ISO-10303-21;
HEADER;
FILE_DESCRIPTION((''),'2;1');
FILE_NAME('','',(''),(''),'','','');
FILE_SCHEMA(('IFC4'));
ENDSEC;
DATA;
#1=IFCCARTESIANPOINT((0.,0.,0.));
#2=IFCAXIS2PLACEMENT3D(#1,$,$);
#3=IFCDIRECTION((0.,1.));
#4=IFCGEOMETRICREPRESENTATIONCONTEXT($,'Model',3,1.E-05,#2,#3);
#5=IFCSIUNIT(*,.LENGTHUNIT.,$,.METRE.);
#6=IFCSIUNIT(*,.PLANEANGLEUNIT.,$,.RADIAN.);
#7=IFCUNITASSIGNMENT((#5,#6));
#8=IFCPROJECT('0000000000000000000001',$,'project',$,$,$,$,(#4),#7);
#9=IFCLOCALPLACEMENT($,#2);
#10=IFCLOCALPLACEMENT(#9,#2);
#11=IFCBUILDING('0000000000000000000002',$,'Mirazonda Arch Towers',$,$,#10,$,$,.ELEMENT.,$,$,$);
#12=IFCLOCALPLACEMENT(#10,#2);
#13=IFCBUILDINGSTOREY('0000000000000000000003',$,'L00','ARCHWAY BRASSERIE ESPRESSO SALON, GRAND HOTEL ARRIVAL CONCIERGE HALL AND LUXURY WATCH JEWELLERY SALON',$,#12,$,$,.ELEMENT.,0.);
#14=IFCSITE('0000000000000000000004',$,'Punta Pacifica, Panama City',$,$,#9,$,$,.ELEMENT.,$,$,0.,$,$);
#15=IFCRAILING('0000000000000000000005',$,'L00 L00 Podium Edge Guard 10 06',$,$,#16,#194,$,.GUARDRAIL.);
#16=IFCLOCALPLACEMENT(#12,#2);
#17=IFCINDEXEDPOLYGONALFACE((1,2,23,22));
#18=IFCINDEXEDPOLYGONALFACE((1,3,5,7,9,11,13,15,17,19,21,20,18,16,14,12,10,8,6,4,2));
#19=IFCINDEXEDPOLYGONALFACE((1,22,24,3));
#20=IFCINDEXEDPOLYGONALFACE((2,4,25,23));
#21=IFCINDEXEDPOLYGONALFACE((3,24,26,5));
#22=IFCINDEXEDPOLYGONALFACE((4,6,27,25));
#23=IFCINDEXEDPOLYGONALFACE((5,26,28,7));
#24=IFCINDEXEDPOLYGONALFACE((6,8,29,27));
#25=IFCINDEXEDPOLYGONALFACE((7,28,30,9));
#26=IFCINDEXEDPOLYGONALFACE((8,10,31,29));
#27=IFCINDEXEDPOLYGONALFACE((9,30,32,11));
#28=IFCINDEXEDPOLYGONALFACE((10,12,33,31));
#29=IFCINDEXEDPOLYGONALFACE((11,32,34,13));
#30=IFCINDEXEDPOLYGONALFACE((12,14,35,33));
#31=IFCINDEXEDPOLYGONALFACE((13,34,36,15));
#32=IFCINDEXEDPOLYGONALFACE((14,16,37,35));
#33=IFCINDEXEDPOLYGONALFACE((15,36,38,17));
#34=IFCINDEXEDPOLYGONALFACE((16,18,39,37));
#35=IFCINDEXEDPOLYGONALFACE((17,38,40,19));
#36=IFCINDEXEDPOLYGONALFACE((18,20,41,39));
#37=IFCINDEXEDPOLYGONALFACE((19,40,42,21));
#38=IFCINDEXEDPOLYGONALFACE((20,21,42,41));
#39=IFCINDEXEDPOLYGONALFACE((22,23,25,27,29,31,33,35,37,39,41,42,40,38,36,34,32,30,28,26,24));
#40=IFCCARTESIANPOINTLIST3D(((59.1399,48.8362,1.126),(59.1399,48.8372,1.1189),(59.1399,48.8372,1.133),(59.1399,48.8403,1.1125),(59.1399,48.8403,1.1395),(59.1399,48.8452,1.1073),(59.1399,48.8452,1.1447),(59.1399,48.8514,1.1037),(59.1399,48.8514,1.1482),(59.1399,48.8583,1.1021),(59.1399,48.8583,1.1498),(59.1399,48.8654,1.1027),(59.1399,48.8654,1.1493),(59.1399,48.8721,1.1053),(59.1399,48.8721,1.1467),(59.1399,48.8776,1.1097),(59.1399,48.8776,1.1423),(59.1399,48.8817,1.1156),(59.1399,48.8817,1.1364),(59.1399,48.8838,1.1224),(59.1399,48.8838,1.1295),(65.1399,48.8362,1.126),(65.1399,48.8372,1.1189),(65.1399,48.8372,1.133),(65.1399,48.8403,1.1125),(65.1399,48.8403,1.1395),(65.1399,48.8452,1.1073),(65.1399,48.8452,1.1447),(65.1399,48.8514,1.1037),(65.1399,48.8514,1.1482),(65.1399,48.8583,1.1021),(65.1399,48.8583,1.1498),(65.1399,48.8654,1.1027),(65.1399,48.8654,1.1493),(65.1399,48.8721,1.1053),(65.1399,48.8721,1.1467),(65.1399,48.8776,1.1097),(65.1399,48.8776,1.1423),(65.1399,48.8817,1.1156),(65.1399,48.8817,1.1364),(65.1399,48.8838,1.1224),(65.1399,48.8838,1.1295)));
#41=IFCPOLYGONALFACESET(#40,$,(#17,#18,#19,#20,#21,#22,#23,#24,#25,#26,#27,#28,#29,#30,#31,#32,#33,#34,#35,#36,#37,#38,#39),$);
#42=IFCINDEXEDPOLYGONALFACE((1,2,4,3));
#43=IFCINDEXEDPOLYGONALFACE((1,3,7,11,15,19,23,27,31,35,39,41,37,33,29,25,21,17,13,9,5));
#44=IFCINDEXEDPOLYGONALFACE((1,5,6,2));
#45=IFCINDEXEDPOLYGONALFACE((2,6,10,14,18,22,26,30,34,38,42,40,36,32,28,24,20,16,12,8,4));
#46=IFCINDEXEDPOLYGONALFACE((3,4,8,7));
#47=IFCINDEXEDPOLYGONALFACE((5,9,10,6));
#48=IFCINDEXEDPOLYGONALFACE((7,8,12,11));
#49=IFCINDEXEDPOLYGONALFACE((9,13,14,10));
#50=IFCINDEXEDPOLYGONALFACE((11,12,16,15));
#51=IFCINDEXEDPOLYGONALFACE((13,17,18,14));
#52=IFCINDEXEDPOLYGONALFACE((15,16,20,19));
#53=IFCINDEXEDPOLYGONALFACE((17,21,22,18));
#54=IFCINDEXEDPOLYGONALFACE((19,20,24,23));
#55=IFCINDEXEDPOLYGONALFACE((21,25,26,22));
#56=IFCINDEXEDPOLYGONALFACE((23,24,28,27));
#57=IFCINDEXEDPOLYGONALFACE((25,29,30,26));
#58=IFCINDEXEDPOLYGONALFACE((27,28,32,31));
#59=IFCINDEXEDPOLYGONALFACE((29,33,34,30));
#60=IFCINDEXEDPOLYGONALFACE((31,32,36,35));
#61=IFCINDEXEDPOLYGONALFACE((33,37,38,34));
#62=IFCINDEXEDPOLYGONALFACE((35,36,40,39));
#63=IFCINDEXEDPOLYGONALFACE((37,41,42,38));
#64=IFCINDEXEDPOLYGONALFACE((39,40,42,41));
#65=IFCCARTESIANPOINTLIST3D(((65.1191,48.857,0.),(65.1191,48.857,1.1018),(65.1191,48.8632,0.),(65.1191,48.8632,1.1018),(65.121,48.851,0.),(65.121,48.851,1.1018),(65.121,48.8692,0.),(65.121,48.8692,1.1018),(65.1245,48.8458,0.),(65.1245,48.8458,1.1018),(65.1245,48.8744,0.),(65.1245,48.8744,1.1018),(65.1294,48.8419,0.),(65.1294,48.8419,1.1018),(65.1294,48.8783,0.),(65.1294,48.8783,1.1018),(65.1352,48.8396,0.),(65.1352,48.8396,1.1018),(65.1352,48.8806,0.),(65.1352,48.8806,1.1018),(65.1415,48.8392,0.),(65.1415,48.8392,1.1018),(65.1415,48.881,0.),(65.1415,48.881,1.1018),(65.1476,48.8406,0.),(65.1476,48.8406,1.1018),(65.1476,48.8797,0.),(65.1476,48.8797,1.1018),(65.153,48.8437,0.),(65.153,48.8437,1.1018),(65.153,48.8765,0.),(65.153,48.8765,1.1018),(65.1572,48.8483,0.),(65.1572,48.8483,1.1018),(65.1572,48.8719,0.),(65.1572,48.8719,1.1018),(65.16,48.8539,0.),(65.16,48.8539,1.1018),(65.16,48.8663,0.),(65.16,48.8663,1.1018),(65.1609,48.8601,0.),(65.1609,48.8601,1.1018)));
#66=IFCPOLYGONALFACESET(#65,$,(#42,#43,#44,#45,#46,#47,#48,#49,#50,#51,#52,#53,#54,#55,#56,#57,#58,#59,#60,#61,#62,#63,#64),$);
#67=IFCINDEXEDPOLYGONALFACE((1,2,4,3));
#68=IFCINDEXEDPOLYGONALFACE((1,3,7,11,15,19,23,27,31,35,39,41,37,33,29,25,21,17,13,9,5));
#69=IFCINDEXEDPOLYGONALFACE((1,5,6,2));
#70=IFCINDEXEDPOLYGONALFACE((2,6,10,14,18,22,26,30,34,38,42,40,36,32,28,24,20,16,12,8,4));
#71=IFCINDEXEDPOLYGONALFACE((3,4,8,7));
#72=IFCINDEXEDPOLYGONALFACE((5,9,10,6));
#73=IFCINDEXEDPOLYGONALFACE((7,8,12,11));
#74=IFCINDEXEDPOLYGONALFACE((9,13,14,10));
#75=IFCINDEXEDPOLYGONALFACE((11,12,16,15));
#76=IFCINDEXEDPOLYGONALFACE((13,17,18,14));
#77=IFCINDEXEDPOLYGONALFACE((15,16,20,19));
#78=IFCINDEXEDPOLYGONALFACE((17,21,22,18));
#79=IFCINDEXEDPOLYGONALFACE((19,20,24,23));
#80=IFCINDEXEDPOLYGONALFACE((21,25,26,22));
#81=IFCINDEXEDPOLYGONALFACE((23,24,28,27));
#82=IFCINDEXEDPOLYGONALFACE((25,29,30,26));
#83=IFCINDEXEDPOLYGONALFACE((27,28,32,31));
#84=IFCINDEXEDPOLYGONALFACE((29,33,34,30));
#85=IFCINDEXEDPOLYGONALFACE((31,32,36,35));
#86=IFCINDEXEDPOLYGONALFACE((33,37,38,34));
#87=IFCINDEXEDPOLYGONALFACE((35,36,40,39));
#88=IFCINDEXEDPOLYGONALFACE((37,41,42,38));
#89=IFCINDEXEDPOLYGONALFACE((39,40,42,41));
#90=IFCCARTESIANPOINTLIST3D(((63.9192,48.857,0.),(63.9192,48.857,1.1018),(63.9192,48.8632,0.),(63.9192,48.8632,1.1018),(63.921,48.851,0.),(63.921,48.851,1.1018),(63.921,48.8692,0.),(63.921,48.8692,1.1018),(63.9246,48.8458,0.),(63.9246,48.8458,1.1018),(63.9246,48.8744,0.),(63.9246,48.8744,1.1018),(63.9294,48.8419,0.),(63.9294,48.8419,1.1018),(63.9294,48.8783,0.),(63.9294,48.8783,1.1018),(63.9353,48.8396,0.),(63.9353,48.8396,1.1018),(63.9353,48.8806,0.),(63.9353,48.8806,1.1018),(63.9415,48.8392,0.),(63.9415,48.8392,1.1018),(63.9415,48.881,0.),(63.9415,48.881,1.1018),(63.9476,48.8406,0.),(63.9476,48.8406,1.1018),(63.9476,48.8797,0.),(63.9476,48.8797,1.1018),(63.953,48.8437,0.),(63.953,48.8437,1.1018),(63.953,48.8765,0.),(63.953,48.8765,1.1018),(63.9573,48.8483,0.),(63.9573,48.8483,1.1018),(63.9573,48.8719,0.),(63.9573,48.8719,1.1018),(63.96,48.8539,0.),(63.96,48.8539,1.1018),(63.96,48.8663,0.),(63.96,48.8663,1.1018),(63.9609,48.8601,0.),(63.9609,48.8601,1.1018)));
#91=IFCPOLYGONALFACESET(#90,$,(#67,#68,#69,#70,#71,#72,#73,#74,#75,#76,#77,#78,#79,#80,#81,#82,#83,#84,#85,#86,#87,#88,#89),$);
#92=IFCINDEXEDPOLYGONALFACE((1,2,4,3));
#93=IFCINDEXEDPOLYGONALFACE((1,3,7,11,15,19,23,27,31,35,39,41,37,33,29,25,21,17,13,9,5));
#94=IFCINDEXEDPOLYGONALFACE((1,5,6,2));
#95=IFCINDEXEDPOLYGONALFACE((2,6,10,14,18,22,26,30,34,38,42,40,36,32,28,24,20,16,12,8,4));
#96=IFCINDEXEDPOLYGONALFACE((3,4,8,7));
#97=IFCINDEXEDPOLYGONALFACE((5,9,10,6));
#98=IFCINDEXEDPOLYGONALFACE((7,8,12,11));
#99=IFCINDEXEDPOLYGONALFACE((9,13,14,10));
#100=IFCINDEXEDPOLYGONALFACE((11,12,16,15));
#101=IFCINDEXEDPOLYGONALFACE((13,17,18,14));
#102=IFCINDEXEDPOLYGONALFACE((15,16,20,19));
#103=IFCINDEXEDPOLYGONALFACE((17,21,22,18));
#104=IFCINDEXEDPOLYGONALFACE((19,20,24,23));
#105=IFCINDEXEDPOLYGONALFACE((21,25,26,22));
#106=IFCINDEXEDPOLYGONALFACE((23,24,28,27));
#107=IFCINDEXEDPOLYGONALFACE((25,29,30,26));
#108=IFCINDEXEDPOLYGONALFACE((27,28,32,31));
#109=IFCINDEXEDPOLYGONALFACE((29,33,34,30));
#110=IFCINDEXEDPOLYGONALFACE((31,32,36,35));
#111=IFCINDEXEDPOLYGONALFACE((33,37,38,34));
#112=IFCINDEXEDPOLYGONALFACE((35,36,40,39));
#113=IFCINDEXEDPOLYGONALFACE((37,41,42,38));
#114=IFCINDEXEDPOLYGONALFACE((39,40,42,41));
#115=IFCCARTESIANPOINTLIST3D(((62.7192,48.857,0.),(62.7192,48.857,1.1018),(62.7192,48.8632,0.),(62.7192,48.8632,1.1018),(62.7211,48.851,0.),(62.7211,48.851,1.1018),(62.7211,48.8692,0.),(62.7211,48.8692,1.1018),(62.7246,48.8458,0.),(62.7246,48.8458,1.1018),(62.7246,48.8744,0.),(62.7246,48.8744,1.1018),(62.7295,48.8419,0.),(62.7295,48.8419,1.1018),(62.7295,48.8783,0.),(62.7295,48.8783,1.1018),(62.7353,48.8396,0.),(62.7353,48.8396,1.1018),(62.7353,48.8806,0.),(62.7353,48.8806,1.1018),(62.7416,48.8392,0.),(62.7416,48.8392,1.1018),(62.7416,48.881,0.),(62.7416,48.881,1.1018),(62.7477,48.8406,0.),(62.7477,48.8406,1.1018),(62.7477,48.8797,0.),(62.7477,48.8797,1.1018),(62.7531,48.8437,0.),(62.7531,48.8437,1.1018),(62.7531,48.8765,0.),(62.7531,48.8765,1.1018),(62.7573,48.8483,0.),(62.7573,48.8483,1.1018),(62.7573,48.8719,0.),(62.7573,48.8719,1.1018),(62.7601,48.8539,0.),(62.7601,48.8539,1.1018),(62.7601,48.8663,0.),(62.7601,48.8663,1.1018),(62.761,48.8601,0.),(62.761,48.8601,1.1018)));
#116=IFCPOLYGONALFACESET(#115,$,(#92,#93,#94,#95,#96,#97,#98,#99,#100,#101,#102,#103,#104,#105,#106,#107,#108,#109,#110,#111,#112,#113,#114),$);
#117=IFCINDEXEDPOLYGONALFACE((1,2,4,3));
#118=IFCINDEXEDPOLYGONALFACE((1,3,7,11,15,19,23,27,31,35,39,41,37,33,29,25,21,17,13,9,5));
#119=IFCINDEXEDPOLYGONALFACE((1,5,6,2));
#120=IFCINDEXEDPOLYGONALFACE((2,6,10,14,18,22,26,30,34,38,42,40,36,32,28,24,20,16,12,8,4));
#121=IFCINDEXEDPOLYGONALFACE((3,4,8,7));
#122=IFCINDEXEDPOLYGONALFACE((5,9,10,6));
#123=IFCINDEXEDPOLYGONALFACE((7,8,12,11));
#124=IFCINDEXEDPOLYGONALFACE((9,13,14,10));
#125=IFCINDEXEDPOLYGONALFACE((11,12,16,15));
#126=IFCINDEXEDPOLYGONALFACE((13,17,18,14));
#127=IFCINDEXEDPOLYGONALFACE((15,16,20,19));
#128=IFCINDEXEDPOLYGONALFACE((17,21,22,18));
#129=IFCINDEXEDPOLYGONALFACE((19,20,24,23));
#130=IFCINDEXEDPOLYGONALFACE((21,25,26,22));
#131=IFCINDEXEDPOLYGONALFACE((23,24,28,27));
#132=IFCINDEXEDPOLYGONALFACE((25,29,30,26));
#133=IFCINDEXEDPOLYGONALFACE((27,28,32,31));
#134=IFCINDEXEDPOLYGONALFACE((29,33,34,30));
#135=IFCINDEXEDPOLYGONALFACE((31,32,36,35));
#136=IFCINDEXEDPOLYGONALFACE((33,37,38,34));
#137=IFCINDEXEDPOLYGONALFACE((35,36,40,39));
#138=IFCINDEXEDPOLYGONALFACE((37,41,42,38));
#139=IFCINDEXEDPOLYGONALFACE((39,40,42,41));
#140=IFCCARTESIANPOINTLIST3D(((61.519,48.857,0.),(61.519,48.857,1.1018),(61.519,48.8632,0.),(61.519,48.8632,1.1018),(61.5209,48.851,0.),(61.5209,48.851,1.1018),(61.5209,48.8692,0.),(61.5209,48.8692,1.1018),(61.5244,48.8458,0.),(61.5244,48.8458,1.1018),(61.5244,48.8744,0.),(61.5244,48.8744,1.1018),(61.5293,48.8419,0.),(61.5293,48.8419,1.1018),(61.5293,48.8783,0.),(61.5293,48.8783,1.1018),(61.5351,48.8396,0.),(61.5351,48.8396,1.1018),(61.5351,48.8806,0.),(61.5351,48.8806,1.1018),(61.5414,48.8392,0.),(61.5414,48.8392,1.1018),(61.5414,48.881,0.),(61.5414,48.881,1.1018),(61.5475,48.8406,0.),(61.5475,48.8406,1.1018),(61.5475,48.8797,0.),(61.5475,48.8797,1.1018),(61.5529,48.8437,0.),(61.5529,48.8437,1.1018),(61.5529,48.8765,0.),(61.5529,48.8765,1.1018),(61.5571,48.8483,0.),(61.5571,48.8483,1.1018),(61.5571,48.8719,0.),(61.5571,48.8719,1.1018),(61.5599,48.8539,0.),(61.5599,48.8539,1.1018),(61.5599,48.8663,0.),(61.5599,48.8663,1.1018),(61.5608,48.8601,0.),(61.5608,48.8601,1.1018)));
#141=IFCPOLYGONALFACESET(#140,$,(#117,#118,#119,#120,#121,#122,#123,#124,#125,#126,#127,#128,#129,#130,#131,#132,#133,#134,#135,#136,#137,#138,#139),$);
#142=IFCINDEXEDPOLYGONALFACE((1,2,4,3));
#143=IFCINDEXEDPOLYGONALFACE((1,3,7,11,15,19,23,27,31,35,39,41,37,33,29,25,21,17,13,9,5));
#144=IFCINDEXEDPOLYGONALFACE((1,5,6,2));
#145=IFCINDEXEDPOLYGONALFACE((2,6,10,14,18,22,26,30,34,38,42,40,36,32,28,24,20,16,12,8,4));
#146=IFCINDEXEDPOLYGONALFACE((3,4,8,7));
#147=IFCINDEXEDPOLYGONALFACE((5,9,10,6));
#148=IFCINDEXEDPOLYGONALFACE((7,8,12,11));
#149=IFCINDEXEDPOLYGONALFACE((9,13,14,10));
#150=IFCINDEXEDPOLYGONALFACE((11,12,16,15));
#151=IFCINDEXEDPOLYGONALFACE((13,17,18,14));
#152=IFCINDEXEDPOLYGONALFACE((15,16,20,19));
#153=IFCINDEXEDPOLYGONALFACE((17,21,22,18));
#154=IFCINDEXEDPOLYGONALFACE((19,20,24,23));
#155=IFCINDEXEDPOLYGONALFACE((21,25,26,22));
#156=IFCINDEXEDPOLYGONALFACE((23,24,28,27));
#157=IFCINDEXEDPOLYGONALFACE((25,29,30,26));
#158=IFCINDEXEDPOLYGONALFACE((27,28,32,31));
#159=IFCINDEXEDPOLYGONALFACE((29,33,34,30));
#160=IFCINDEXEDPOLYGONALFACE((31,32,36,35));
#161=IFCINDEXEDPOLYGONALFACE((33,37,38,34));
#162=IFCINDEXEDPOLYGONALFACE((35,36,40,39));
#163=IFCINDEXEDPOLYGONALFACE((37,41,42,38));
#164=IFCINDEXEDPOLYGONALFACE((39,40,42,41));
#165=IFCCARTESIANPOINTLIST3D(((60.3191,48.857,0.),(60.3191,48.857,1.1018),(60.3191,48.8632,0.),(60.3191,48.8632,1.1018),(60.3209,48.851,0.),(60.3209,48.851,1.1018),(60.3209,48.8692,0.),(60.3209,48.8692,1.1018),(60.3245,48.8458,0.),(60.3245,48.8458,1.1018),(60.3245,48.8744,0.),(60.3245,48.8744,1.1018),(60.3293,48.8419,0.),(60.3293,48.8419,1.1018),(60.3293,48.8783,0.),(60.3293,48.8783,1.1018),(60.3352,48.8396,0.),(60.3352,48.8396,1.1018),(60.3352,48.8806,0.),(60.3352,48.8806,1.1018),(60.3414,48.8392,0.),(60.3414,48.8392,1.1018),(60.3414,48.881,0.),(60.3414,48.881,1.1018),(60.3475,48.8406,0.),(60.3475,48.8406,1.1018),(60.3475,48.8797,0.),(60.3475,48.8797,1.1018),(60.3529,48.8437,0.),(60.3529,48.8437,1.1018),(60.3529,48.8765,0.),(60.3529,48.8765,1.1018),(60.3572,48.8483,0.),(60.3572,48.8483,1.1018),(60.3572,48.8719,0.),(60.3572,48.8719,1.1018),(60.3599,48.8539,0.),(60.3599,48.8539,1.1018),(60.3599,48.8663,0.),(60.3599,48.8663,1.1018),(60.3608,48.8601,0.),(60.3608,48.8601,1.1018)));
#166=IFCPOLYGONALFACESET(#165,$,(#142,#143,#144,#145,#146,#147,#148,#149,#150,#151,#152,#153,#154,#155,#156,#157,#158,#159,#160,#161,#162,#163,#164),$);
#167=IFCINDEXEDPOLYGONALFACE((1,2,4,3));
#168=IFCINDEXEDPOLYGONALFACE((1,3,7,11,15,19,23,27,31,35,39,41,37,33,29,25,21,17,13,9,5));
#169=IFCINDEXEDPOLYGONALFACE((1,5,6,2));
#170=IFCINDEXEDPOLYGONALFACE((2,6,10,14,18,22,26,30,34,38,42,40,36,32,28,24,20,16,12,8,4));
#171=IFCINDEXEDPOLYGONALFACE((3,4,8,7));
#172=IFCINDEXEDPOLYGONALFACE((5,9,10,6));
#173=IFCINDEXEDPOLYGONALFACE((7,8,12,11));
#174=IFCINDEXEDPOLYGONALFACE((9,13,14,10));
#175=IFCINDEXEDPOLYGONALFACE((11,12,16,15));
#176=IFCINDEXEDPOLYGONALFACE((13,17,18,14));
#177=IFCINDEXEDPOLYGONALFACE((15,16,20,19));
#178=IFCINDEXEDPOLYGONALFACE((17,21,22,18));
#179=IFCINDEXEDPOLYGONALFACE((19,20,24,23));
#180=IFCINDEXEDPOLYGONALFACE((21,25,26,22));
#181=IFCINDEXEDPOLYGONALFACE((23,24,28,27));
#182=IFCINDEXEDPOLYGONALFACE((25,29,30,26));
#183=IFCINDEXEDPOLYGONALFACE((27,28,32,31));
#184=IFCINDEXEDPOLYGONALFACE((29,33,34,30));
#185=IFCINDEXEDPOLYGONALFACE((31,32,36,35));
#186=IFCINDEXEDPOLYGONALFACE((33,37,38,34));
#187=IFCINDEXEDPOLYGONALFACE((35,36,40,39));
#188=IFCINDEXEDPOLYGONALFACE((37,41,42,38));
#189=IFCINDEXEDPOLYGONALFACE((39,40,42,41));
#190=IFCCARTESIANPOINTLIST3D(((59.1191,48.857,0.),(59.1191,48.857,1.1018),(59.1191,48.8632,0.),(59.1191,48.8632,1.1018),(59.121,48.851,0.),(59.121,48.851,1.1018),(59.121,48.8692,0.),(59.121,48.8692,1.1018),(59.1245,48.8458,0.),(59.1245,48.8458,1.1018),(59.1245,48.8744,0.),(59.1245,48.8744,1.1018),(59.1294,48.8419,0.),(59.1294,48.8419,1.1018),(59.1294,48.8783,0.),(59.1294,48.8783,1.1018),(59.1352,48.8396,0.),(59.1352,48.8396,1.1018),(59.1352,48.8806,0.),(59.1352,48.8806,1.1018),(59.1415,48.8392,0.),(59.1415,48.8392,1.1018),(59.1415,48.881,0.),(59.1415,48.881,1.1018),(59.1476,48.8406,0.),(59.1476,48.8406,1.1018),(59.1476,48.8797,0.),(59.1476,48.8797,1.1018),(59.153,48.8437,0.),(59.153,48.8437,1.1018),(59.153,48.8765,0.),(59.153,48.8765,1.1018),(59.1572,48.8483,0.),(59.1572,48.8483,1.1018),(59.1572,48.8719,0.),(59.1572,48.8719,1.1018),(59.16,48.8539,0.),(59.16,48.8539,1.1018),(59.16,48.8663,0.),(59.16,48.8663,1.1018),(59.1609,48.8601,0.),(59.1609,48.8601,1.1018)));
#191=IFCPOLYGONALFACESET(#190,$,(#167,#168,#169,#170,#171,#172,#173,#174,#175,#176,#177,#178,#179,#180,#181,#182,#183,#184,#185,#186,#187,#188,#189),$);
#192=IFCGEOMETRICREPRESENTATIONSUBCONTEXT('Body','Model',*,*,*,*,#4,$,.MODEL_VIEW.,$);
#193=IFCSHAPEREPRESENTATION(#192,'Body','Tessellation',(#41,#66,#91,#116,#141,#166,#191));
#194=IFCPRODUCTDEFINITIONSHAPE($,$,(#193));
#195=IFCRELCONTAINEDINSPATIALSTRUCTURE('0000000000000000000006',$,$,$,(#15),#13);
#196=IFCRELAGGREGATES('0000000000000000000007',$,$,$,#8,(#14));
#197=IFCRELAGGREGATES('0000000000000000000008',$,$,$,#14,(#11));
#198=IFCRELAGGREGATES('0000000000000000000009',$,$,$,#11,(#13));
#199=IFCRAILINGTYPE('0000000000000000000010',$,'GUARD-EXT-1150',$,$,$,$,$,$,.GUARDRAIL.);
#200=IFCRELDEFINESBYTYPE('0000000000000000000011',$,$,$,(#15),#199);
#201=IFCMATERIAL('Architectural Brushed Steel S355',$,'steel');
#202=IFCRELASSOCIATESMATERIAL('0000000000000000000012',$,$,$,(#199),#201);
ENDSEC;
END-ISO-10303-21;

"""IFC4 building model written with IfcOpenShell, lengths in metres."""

from ifc_helpers import new_model, si_unit, direction, frame, origin, origin_2d, place, context, subcontext, project, spatial, circle, extrude, material, type_object, element, save


model = new_model("IFC4")

# Units and contexts
model_context = context("Model", 3, precision=1e-05, world=origin(), true_north=direction((0.0, 1.0)))
body_context = subcontext(model_context, "Body", "Model", "MODEL_VIEW")
ifc_project = project(units=[si_unit("LENGTHUNIT", "METRE"), si_unit("PLANEANGLEUNIT", "RADIAN")], contexts=[model_context])

# Site, building, storey
site_placement = place(None, origin())
site = spatial("IfcSite", under=ifc_project, at=site_placement, Name="Punta Pacifica, Panama City", CompositionType="ELEMENT", RefElevation=0.0)
building_placement = place(site_placement, origin())
building = spatial("IfcBuilding", under=site, at=building_placement, Name="Mirazonda Arch Towers", CompositionType="ELEMENT")
storey_placement = place(building_placement, origin())
storey = spatial("IfcBuildingStorey", under=building, at=storey_placement, Name="L00", Description="ARCHWAY BRASSERIE ESPRESSO SALON, GRAND HOTEL ARRIVAL CONCIERGE HALL AND LUXURY WATCH JEWELLERY SALON", CompositionType="ELEMENT", Elevation=0.0)

# Shared definitions
ifc_material_1 = material(Name="Architectural Brushed Steel S355", Category="steel")

# Railing
railing_type = type_object("IfcRailingType", Name="GUARD-EXT-1150", PredefinedType="GUARDRAIL", material=ifc_material_1)
railing_1_placement = place(storey_placement, frame((65.1399, 48.8601, 0.0)))
element("IfcRailing", 1, at=railing_1_placement, inside=storey, type_object=railing_type, Name="L00 L00 Podium Edge Guard 10 06", PredefinedType="GUARDRAIL", context=body_context, shape_type="SweptSolid", body=[
    extrude(circle(Radius=0.0239, at=origin_2d()), frame((0.0, 0.0, 1.126), z_axis=(-1.0, 0.0, 0.0), x_axis=(0.0, -1.0, 0.0)), (0.0, 0.0, 1.0), 6.0),
    extrude(circle(Radius=0.021, at=origin_2d()), origin(), (0.0, 0.0, 1.0), 1.1018),
    extrude(circle(Radius=0.021, at=origin_2d()), frame((-1.2, 0.0, 0.0)), (0.0, 0.0, 1.0), 1.1018),
    extrude(circle(Radius=0.021, at=origin_2d()), frame((-2.3999, 0.0, 0.0)), (0.0, 0.0, 1.0), 1.1018),
    extrude(circle(Radius=0.021, at=origin_2d()), frame((-3.6001, 0.0, 0.0)), (0.0, 0.0, 1.0), 1.1018),
    extrude(circle(Radius=0.021, at=origin_2d()), frame((-4.8, 0.0, 0.0)), (0.0, 0.0, 1.0), 1.1018),
    extrude(circle(Radius=0.021, at=origin_2d()), frame((-6.0, 0.0, 0.0)), (0.0, 0.0, 1.0), 1.1018),
])

save(model, "model.ifc")
